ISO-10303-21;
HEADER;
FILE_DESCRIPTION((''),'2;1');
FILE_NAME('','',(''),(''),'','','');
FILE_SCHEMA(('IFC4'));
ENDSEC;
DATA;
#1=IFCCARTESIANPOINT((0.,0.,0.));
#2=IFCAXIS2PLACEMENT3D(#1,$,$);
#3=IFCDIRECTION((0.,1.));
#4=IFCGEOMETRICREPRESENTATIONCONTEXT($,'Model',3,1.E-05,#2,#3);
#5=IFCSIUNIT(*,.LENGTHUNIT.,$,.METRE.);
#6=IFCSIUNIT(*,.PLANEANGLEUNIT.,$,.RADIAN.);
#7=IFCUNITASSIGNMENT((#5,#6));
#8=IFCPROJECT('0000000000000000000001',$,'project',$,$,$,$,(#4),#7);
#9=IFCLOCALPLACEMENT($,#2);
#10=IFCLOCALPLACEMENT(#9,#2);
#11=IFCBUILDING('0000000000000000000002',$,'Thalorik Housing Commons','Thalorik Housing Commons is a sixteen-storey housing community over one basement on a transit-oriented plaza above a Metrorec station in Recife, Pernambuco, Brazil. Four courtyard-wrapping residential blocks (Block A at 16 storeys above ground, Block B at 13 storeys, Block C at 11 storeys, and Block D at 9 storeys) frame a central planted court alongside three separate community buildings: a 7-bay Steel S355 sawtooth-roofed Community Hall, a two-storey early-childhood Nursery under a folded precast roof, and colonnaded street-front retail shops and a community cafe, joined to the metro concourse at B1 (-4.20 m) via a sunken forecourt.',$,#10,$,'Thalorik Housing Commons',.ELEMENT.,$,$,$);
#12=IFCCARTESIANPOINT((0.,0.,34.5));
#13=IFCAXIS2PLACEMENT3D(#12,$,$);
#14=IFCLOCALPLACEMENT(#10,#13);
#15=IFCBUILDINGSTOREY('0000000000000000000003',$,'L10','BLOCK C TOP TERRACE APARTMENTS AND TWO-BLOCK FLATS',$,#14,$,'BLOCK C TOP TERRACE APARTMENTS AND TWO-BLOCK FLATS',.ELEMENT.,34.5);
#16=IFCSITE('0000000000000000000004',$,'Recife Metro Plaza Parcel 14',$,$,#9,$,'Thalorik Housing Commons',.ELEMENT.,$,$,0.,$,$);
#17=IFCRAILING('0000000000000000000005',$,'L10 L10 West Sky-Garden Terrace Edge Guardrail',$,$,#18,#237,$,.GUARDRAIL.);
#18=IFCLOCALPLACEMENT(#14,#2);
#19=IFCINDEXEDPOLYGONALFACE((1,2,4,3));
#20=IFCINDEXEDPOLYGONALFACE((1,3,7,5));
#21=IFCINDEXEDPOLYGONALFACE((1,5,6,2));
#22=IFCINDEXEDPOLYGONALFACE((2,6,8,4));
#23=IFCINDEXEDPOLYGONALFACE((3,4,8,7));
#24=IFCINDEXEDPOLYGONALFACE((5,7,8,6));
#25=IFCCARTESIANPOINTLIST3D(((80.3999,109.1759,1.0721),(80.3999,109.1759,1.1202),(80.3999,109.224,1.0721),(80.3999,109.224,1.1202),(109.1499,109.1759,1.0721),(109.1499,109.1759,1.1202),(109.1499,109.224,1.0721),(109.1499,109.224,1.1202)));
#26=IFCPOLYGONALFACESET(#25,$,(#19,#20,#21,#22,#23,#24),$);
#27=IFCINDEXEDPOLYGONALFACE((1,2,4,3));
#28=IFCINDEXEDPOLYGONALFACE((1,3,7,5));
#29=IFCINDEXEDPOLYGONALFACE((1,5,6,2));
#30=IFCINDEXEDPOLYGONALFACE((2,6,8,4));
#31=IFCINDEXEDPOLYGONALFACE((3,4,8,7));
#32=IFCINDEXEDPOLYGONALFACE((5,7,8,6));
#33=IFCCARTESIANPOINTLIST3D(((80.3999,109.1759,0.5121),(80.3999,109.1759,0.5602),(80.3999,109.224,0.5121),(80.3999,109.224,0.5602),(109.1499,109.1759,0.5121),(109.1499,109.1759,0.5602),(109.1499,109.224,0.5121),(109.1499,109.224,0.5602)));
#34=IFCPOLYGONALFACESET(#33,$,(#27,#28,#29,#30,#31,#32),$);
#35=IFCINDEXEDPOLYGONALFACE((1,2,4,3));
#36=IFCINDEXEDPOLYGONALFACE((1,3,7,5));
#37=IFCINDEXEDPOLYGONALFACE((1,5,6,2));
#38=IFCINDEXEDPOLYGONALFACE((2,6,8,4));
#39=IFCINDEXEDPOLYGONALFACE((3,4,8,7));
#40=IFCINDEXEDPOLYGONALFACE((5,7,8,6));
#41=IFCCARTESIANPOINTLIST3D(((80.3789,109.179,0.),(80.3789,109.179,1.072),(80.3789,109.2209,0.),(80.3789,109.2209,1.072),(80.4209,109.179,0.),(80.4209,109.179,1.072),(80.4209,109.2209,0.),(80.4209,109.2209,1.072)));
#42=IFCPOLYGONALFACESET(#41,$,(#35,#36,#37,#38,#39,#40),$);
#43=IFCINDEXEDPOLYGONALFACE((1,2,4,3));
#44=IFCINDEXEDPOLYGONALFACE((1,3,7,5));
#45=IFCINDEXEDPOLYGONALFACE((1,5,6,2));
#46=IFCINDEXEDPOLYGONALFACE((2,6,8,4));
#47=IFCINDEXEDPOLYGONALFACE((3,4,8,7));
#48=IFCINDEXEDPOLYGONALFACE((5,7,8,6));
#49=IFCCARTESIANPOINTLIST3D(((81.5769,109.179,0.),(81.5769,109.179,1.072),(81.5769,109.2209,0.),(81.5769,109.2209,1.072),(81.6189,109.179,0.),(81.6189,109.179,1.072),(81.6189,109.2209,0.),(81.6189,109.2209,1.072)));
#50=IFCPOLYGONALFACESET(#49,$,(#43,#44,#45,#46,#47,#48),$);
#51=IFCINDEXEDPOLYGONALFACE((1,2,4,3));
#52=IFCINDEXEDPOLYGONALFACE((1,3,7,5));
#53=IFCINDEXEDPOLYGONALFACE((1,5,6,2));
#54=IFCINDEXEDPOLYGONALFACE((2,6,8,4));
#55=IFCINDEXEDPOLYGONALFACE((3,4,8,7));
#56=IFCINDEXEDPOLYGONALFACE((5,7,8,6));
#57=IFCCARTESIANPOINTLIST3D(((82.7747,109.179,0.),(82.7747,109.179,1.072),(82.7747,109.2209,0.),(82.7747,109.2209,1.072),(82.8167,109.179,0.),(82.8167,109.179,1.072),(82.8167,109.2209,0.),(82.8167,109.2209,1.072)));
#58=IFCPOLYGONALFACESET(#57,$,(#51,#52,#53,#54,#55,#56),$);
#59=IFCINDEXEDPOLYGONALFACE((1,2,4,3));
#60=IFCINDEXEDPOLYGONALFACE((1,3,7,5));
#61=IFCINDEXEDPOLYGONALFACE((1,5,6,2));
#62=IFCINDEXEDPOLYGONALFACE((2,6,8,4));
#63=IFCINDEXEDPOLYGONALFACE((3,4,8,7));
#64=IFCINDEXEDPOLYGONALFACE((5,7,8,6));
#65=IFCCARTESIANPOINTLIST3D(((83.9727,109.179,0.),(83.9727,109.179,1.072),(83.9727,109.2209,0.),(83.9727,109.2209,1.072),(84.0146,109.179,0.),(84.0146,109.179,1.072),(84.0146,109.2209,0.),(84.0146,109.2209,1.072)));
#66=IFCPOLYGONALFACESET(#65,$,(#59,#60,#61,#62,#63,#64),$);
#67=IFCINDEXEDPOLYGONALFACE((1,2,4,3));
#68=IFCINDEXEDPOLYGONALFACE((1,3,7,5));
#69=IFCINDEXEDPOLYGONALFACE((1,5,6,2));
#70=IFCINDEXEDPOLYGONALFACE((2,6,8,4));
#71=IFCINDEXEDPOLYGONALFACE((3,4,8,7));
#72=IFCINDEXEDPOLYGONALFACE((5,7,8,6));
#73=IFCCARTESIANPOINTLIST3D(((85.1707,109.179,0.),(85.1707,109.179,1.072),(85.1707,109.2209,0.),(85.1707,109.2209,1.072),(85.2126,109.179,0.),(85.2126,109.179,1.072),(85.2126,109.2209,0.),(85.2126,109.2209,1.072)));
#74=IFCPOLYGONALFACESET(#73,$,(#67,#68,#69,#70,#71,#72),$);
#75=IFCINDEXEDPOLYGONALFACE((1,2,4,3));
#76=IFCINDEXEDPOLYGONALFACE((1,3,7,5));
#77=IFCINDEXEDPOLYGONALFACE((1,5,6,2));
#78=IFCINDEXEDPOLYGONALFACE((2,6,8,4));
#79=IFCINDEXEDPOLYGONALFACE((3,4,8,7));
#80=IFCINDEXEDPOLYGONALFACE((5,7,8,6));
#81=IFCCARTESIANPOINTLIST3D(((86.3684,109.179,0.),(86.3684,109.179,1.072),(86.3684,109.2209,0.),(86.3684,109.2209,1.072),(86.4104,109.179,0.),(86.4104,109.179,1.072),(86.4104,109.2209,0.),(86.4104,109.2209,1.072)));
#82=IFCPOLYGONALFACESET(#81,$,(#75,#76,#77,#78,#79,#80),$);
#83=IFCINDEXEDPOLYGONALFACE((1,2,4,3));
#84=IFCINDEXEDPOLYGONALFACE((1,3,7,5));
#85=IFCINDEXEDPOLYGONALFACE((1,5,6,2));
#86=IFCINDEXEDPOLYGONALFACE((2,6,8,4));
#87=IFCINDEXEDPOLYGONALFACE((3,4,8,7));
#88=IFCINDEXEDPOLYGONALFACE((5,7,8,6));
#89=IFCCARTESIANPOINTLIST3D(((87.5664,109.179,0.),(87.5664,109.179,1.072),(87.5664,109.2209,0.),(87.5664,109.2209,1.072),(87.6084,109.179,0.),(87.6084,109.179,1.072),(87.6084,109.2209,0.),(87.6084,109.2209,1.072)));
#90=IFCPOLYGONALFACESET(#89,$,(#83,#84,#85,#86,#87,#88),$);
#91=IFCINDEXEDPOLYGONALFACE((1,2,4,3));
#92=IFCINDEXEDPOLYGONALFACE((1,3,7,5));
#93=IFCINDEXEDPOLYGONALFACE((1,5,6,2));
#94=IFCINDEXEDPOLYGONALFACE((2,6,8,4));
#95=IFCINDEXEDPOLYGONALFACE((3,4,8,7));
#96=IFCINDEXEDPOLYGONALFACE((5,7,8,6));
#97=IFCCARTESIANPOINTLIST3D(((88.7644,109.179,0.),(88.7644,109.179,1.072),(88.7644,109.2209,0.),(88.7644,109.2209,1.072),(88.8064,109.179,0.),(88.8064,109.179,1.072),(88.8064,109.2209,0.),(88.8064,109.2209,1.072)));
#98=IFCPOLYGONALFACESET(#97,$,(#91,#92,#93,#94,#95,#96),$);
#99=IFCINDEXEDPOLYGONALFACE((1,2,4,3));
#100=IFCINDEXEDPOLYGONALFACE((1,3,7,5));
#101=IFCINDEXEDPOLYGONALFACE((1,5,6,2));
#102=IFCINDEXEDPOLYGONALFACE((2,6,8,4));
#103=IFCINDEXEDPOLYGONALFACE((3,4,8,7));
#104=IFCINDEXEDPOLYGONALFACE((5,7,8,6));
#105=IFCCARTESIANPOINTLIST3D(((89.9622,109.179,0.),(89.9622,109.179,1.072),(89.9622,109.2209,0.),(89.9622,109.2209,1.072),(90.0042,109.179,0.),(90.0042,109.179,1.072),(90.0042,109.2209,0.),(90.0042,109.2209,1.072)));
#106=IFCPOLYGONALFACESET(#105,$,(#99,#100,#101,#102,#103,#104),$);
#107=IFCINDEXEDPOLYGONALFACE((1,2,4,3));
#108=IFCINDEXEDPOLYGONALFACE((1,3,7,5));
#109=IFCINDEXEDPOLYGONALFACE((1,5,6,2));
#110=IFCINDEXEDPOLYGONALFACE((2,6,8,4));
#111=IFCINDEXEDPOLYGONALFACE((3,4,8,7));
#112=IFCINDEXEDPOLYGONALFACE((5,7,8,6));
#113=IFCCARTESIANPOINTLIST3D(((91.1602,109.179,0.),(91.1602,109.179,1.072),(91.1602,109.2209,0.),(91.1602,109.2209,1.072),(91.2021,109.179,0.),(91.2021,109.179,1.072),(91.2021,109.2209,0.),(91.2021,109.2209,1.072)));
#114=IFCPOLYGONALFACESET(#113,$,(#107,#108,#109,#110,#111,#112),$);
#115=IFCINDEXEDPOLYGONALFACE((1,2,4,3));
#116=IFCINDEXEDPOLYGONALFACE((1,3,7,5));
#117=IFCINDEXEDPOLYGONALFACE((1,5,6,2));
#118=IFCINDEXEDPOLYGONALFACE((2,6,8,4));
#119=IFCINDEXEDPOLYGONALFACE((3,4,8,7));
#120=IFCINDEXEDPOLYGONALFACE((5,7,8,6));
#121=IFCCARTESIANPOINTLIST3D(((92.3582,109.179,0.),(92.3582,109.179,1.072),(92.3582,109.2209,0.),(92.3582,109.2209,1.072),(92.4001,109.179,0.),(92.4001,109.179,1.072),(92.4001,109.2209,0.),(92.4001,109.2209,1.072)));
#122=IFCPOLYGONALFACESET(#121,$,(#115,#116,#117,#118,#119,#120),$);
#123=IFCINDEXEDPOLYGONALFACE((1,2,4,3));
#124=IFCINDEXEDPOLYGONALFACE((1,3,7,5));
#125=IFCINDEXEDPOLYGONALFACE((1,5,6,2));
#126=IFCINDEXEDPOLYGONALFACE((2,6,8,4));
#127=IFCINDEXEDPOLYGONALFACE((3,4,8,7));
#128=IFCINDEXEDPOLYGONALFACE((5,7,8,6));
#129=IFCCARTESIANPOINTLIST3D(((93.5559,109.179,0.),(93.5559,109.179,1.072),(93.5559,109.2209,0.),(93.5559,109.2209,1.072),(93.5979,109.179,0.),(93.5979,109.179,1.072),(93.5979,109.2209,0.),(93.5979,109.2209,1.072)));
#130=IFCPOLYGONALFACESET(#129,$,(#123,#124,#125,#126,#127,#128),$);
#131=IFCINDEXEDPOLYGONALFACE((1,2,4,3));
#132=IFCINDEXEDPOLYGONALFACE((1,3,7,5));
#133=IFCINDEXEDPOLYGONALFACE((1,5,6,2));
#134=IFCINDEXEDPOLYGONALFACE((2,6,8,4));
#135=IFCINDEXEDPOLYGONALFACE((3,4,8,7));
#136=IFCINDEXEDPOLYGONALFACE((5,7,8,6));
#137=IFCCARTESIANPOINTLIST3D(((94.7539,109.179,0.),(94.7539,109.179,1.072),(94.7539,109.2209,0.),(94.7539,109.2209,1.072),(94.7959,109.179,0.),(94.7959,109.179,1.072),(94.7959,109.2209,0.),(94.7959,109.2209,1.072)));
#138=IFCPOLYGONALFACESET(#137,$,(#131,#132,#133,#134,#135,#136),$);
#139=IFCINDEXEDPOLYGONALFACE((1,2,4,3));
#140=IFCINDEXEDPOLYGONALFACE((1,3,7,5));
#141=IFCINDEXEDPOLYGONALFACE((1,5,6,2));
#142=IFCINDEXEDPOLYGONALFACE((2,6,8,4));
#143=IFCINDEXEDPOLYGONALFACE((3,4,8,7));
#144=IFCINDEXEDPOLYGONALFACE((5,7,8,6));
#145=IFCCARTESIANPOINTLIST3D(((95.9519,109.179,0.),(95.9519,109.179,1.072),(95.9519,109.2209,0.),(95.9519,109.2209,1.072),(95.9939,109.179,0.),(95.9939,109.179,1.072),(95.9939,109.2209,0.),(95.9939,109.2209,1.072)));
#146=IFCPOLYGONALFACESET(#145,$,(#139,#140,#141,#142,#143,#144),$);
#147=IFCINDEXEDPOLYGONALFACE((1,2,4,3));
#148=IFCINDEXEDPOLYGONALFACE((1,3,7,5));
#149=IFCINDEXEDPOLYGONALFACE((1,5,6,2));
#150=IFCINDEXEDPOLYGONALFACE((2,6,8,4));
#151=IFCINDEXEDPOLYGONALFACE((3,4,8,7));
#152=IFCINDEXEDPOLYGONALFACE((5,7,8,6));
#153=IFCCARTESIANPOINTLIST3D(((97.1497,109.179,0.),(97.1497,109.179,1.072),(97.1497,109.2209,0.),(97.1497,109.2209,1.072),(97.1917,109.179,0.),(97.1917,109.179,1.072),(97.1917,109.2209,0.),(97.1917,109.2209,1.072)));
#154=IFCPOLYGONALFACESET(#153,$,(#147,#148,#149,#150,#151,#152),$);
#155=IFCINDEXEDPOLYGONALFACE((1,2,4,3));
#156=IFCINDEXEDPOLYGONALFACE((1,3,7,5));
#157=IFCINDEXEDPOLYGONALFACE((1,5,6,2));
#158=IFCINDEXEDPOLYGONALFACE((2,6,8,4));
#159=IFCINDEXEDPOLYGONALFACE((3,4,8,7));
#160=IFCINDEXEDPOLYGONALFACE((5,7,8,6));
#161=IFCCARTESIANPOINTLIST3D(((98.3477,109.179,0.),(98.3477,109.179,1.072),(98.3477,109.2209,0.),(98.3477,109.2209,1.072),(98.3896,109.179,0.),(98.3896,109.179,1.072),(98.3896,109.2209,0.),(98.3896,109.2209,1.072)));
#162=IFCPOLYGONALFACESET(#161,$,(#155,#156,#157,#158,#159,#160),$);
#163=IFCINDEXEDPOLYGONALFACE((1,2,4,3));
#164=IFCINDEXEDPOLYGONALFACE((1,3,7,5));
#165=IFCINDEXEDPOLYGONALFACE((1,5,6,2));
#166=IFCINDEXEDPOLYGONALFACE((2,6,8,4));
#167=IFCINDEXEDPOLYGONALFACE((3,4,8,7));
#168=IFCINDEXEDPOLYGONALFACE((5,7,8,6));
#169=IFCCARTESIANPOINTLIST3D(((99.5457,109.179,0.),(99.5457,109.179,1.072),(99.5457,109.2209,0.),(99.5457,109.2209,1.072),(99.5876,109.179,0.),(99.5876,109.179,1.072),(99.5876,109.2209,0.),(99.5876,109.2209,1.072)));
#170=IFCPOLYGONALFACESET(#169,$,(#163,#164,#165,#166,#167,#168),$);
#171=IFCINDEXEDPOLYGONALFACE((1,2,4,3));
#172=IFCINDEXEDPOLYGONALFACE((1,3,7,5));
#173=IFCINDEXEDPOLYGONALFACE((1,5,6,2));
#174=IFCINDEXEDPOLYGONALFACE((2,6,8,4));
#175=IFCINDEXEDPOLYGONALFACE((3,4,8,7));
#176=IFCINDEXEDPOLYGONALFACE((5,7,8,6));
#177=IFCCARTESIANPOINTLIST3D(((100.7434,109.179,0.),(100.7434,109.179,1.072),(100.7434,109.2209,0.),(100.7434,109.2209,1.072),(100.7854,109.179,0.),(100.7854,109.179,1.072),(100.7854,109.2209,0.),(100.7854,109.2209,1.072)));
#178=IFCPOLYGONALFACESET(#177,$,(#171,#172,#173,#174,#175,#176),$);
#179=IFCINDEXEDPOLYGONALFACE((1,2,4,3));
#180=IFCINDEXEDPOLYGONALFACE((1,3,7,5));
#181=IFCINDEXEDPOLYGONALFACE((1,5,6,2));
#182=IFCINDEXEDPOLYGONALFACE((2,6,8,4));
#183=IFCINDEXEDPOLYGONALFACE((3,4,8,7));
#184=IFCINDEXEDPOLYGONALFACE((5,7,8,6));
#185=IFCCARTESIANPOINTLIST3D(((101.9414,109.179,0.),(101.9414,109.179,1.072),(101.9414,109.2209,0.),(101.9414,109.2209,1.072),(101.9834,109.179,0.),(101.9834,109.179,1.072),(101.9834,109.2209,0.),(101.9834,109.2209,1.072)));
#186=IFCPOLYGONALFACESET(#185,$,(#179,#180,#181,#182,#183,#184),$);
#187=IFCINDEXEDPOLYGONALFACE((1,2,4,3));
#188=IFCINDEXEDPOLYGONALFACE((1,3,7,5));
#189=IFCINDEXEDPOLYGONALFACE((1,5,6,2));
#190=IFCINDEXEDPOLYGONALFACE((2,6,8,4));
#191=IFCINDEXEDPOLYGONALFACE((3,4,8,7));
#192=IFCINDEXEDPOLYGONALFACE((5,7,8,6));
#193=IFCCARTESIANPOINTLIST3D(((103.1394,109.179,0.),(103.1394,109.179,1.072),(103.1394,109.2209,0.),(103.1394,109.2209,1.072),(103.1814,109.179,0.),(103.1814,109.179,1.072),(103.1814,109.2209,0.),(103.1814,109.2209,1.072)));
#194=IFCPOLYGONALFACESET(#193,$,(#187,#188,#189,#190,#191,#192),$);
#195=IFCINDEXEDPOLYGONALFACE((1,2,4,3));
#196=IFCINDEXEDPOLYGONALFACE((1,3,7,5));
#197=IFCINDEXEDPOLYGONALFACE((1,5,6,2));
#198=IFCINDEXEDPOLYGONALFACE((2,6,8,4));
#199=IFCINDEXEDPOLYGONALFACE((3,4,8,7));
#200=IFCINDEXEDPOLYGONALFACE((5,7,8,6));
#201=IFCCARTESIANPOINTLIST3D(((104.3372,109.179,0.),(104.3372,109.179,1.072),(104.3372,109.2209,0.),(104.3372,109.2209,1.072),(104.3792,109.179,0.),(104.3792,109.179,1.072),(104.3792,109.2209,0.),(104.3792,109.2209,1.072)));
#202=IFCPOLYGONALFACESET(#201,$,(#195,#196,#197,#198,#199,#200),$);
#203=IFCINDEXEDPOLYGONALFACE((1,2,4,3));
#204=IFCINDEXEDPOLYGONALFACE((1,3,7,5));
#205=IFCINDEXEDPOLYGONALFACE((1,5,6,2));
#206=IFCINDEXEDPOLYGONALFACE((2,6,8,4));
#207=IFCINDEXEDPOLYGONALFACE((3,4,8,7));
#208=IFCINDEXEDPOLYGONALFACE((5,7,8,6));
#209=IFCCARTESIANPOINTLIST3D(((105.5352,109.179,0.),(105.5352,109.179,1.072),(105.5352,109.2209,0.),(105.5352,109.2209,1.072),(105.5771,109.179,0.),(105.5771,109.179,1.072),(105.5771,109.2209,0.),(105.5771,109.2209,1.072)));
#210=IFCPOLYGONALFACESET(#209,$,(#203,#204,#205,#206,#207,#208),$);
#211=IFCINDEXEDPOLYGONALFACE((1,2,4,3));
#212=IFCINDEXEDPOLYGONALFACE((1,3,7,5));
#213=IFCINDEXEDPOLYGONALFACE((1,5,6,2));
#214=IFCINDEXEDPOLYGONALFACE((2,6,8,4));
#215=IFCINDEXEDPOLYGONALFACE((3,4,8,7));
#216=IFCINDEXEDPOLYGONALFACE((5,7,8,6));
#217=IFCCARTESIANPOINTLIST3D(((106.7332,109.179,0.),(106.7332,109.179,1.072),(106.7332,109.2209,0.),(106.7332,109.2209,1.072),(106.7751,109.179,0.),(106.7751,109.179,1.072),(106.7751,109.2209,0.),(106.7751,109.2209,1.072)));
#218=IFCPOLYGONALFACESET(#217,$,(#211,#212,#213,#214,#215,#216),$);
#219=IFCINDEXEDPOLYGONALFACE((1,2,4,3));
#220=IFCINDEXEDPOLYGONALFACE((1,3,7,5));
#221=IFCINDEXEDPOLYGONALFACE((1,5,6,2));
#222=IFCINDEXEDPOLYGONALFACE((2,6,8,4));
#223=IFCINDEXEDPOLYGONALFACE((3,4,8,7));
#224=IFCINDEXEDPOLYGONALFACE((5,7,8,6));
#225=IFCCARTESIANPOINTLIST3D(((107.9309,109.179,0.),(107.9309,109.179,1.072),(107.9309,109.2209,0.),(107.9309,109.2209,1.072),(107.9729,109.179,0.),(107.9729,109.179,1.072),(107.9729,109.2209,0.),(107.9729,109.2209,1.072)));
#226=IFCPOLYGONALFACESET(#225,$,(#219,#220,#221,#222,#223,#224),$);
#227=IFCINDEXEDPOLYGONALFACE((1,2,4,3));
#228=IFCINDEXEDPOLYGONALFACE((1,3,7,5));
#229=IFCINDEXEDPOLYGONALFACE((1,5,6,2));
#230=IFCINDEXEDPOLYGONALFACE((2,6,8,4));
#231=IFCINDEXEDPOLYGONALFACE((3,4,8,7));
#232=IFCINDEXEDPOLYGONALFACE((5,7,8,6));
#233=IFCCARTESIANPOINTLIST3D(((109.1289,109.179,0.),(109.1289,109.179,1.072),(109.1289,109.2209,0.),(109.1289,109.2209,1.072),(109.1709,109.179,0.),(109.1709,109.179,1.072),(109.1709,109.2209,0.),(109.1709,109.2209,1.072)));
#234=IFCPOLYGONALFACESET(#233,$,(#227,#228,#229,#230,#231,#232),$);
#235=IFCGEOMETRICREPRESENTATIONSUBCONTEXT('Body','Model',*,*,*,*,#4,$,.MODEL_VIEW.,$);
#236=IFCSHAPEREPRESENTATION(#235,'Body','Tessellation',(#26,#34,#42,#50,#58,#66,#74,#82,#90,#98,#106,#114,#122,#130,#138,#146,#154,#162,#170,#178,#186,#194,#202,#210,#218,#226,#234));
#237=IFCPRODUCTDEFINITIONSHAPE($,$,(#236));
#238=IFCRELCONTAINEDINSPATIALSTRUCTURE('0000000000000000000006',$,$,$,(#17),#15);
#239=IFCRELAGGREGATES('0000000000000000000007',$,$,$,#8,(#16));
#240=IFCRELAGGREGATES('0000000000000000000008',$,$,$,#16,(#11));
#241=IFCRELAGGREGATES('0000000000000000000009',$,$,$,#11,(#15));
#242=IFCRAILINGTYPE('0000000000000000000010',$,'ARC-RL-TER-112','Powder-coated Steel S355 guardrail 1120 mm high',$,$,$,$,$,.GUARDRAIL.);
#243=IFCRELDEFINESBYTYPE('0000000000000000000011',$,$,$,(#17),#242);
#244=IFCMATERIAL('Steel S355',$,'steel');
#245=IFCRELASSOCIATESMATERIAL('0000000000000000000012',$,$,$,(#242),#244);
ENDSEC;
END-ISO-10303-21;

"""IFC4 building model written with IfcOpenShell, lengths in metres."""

from ifc_helpers import new_model, si_unit, direction, frame, origin, origin_2d, place, context, subcontext, project, spatial, rectangle, extrude, material, type_object, element, save


model = new_model("IFC4")

# Units and contexts
model_context = context("Model", 3, precision=1e-05, world=origin(), true_north=direction((0.0, 1.0)))
body_context = subcontext(model_context, "Body", "Model", "MODEL_VIEW")
ifc_project = project(units=[si_unit("LENGTHUNIT", "METRE"), si_unit("PLANEANGLEUNIT", "RADIAN")], contexts=[model_context])

# Site, building, storey
site_placement = place(None, origin())
site = spatial("IfcSite", under=ifc_project, at=site_placement, Name="Recife Metro Plaza Parcel 14", LongName="Thalorik Housing Commons", CompositionType="ELEMENT", RefElevation=0.0)
building_placement = place(site_placement, origin())
building = spatial("IfcBuilding", under=site, at=building_placement, Name="Thalorik Housing Commons", Description="Thalorik Housing Commons is a sixteen-storey housing community over one basement on a transit-oriented plaza above a Metrorec station in Recife, Pernambuco, Brazil. Four courtyard-wrapping residential blocks (Block A at 16 storeys above ground, Block B at 13 storeys, Block C at 11 storeys, and Block D at 9 storeys) frame a central planted court alongside three separate community buildings: a 7-bay Steel S355 sawtooth-roofed Community Hall, a two-storey early-childhood Nursery under a folded precast roof, and colonnaded street-front retail shops and a community cafe, joined to the metro concourse at B1 (-4.20 m) via a sunken forecourt.", LongName="Thalorik Housing Commons", CompositionType="ELEMENT")
storey_placement = place(building_placement, frame((0.0, 0.0, 34.5)))
storey = spatial("IfcBuildingStorey", under=building, at=storey_placement, Name="L10", Description="BLOCK C TOP TERRACE APARTMENTS AND TWO-BLOCK FLATS", LongName="BLOCK C TOP TERRACE APARTMENTS AND TWO-BLOCK FLATS", CompositionType="ELEMENT", Elevation=34.5)

# Railing
ifc_material_1 = material(Name="Steel S355", Category="steel")
railing_type = type_object("IfcRailingType", Name="ARC-RL-TER-112", Description="Powder-coated Steel S355 guardrail 1120 mm high", PredefinedType="GUARDRAIL", material=ifc_material_1)
railing_placement = place(storey_placement, frame((80.3999, 109.2, 0.0)))
element("IfcRailing", 1, at=railing_placement, inside=storey, type_object=railing_type, Name="L10 L10 West Sky-Garden Terrace Edge Guardrail", PredefinedType="GUARDRAIL", context=body_context, shape_type="SweptSolid", body=[
    extrude(rectangle(XDim=0.0481, YDim=0.0481, at=origin_2d()), frame((0.0, 0.0, 1.0962), z_axis=(1.0, 0.0, 0.0), x_axis=(0.0, 1.0, 0.0)), (0.0, 0.0, 1.0), 28.75),
    extrude(rectangle(XDim=0.0481, YDim=0.0481, at=origin_2d()), frame((0.0, 0.0, 0.5361), z_axis=(1.0, 0.0, 0.0), x_axis=(0.0, 1.0, 0.0)), (0.0, 0.0, 1.0), 28.75),
    extrude(rectangle(XDim=0.042, YDim=0.042, at=origin_2d()), origin(), (0.0, 0.0, 1.0), 1.072),
    extrude(rectangle(XDim=0.042, YDim=0.042, at=origin_2d()), frame((1.198, 0.0, 0.0)), (0.0, 0.0, 1.0), 1.072),
    extrude(rectangle(XDim=0.042, YDim=0.042, at=origin_2d()), frame((2.3958, 0.0, 0.0)), (0.0, 0.0, 1.0), 1.072),
    extrude(rectangle(XDim=0.042, YDim=0.042, at=origin_2d()), frame((3.5938, 0.0, 0.0)), (0.0, 0.0, 1.0), 1.072),
    extrude(rectangle(XDim=0.042, YDim=0.042, at=origin_2d()), frame((4.7917, 0.0, 0.0)), (0.0, 0.0, 1.0), 1.072),
    extrude(rectangle(XDim=0.042, YDim=0.042, at=origin_2d()), frame((5.9895, 0.0, 0.0)), (0.0, 0.0, 1.0), 1.072),
    extrude(rectangle(XDim=0.042, YDim=0.042, at=origin_2d()), frame((7.1875, 0.0, 0.0)), (0.0, 0.0, 1.0), 1.072),
    extrude(rectangle(XDim=0.042, YDim=0.042, at=origin_2d()), frame((8.3855, 0.0, 0.0)), (0.0, 0.0, 1.0), 1.072),
    extrude(rectangle(XDim=0.042, YDim=0.042, at=origin_2d()), frame((9.5833, 0.0, 0.0)), (0.0, 0.0, 1.0), 1.072),
    extrude(rectangle(XDim=0.042, YDim=0.042, at=origin_2d()), frame((10.7812, 0.0, 0.0)), (0.0, 0.0, 1.0), 1.072),
    extrude(rectangle(XDim=0.042, YDim=0.042, at=origin_2d()), frame((11.9792, 0.0, 0.0)), (0.0, 0.0, 1.0), 1.072),
    extrude(rectangle(XDim=0.042, YDim=0.042, at=origin_2d()), frame((13.177, 0.0, 0.0)), (0.0, 0.0, 1.0), 1.072),
    extrude(rectangle(XDim=0.042, YDim=0.042, at=origin_2d()), frame((14.375, 0.0, 0.0)), (0.0, 0.0, 1.0), 1.072),
    extrude(rectangle(XDim=0.042, YDim=0.042, at=origin_2d()), frame((15.573, 0.0, 0.0)), (0.0, 0.0, 1.0), 1.072),
    extrude(rectangle(XDim=0.042, YDim=0.042, at=origin_2d()), frame((16.7708, 0.0, 0.0)), (0.0, 0.0, 1.0), 1.072),
    extrude(rectangle(XDim=0.042, YDim=0.042, at=origin_2d()), frame((17.9688, 0.0, 0.0)), (0.0, 0.0, 1.0), 1.072),
    extrude(rectangle(XDim=0.042, YDim=0.042, at=origin_2d()), frame((19.1667, 0.0, 0.0)), (0.0, 0.0, 1.0), 1.072),
    extrude(rectangle(XDim=0.042, YDim=0.042, at=origin_2d()), frame((20.3645, 0.0, 0.0)), (0.0, 0.0, 1.0), 1.072),
    extrude(rectangle(XDim=0.042, YDim=0.042, at=origin_2d()), frame((21.5625, 0.0, 0.0)), (0.0, 0.0, 1.0), 1.072),
    extrude(rectangle(XDim=0.042, YDim=0.042, at=origin_2d()), frame((22.7605, 0.0, 0.0)), (0.0, 0.0, 1.0), 1.072),
    extrude(rectangle(XDim=0.042, YDim=0.042, at=origin_2d()), frame((23.9583, 0.0, 0.0)), (0.0, 0.0, 1.0), 1.072),
    extrude(rectangle(XDim=0.042, YDim=0.042, at=origin_2d()), frame((25.1562, 0.0, 0.0)), (0.0, 0.0, 1.0), 1.072),
    extrude(rectangle(XDim=0.042, YDim=0.042, at=origin_2d()), frame((26.3542, 0.0, 0.0)), (0.0, 0.0, 1.0), 1.072),
    extrude(rectangle(XDim=0.042, YDim=0.042, at=origin_2d()), frame((27.552, 0.0, 0.0)), (0.0, 0.0, 1.0), 1.072),
    extrude(rectangle(XDim=0.042, YDim=0.042, at=origin_2d()), frame((28.75, 0.0, 0.0)), (0.0, 0.0, 1.0), 1.072),
])

save(model, "model.ifc")
